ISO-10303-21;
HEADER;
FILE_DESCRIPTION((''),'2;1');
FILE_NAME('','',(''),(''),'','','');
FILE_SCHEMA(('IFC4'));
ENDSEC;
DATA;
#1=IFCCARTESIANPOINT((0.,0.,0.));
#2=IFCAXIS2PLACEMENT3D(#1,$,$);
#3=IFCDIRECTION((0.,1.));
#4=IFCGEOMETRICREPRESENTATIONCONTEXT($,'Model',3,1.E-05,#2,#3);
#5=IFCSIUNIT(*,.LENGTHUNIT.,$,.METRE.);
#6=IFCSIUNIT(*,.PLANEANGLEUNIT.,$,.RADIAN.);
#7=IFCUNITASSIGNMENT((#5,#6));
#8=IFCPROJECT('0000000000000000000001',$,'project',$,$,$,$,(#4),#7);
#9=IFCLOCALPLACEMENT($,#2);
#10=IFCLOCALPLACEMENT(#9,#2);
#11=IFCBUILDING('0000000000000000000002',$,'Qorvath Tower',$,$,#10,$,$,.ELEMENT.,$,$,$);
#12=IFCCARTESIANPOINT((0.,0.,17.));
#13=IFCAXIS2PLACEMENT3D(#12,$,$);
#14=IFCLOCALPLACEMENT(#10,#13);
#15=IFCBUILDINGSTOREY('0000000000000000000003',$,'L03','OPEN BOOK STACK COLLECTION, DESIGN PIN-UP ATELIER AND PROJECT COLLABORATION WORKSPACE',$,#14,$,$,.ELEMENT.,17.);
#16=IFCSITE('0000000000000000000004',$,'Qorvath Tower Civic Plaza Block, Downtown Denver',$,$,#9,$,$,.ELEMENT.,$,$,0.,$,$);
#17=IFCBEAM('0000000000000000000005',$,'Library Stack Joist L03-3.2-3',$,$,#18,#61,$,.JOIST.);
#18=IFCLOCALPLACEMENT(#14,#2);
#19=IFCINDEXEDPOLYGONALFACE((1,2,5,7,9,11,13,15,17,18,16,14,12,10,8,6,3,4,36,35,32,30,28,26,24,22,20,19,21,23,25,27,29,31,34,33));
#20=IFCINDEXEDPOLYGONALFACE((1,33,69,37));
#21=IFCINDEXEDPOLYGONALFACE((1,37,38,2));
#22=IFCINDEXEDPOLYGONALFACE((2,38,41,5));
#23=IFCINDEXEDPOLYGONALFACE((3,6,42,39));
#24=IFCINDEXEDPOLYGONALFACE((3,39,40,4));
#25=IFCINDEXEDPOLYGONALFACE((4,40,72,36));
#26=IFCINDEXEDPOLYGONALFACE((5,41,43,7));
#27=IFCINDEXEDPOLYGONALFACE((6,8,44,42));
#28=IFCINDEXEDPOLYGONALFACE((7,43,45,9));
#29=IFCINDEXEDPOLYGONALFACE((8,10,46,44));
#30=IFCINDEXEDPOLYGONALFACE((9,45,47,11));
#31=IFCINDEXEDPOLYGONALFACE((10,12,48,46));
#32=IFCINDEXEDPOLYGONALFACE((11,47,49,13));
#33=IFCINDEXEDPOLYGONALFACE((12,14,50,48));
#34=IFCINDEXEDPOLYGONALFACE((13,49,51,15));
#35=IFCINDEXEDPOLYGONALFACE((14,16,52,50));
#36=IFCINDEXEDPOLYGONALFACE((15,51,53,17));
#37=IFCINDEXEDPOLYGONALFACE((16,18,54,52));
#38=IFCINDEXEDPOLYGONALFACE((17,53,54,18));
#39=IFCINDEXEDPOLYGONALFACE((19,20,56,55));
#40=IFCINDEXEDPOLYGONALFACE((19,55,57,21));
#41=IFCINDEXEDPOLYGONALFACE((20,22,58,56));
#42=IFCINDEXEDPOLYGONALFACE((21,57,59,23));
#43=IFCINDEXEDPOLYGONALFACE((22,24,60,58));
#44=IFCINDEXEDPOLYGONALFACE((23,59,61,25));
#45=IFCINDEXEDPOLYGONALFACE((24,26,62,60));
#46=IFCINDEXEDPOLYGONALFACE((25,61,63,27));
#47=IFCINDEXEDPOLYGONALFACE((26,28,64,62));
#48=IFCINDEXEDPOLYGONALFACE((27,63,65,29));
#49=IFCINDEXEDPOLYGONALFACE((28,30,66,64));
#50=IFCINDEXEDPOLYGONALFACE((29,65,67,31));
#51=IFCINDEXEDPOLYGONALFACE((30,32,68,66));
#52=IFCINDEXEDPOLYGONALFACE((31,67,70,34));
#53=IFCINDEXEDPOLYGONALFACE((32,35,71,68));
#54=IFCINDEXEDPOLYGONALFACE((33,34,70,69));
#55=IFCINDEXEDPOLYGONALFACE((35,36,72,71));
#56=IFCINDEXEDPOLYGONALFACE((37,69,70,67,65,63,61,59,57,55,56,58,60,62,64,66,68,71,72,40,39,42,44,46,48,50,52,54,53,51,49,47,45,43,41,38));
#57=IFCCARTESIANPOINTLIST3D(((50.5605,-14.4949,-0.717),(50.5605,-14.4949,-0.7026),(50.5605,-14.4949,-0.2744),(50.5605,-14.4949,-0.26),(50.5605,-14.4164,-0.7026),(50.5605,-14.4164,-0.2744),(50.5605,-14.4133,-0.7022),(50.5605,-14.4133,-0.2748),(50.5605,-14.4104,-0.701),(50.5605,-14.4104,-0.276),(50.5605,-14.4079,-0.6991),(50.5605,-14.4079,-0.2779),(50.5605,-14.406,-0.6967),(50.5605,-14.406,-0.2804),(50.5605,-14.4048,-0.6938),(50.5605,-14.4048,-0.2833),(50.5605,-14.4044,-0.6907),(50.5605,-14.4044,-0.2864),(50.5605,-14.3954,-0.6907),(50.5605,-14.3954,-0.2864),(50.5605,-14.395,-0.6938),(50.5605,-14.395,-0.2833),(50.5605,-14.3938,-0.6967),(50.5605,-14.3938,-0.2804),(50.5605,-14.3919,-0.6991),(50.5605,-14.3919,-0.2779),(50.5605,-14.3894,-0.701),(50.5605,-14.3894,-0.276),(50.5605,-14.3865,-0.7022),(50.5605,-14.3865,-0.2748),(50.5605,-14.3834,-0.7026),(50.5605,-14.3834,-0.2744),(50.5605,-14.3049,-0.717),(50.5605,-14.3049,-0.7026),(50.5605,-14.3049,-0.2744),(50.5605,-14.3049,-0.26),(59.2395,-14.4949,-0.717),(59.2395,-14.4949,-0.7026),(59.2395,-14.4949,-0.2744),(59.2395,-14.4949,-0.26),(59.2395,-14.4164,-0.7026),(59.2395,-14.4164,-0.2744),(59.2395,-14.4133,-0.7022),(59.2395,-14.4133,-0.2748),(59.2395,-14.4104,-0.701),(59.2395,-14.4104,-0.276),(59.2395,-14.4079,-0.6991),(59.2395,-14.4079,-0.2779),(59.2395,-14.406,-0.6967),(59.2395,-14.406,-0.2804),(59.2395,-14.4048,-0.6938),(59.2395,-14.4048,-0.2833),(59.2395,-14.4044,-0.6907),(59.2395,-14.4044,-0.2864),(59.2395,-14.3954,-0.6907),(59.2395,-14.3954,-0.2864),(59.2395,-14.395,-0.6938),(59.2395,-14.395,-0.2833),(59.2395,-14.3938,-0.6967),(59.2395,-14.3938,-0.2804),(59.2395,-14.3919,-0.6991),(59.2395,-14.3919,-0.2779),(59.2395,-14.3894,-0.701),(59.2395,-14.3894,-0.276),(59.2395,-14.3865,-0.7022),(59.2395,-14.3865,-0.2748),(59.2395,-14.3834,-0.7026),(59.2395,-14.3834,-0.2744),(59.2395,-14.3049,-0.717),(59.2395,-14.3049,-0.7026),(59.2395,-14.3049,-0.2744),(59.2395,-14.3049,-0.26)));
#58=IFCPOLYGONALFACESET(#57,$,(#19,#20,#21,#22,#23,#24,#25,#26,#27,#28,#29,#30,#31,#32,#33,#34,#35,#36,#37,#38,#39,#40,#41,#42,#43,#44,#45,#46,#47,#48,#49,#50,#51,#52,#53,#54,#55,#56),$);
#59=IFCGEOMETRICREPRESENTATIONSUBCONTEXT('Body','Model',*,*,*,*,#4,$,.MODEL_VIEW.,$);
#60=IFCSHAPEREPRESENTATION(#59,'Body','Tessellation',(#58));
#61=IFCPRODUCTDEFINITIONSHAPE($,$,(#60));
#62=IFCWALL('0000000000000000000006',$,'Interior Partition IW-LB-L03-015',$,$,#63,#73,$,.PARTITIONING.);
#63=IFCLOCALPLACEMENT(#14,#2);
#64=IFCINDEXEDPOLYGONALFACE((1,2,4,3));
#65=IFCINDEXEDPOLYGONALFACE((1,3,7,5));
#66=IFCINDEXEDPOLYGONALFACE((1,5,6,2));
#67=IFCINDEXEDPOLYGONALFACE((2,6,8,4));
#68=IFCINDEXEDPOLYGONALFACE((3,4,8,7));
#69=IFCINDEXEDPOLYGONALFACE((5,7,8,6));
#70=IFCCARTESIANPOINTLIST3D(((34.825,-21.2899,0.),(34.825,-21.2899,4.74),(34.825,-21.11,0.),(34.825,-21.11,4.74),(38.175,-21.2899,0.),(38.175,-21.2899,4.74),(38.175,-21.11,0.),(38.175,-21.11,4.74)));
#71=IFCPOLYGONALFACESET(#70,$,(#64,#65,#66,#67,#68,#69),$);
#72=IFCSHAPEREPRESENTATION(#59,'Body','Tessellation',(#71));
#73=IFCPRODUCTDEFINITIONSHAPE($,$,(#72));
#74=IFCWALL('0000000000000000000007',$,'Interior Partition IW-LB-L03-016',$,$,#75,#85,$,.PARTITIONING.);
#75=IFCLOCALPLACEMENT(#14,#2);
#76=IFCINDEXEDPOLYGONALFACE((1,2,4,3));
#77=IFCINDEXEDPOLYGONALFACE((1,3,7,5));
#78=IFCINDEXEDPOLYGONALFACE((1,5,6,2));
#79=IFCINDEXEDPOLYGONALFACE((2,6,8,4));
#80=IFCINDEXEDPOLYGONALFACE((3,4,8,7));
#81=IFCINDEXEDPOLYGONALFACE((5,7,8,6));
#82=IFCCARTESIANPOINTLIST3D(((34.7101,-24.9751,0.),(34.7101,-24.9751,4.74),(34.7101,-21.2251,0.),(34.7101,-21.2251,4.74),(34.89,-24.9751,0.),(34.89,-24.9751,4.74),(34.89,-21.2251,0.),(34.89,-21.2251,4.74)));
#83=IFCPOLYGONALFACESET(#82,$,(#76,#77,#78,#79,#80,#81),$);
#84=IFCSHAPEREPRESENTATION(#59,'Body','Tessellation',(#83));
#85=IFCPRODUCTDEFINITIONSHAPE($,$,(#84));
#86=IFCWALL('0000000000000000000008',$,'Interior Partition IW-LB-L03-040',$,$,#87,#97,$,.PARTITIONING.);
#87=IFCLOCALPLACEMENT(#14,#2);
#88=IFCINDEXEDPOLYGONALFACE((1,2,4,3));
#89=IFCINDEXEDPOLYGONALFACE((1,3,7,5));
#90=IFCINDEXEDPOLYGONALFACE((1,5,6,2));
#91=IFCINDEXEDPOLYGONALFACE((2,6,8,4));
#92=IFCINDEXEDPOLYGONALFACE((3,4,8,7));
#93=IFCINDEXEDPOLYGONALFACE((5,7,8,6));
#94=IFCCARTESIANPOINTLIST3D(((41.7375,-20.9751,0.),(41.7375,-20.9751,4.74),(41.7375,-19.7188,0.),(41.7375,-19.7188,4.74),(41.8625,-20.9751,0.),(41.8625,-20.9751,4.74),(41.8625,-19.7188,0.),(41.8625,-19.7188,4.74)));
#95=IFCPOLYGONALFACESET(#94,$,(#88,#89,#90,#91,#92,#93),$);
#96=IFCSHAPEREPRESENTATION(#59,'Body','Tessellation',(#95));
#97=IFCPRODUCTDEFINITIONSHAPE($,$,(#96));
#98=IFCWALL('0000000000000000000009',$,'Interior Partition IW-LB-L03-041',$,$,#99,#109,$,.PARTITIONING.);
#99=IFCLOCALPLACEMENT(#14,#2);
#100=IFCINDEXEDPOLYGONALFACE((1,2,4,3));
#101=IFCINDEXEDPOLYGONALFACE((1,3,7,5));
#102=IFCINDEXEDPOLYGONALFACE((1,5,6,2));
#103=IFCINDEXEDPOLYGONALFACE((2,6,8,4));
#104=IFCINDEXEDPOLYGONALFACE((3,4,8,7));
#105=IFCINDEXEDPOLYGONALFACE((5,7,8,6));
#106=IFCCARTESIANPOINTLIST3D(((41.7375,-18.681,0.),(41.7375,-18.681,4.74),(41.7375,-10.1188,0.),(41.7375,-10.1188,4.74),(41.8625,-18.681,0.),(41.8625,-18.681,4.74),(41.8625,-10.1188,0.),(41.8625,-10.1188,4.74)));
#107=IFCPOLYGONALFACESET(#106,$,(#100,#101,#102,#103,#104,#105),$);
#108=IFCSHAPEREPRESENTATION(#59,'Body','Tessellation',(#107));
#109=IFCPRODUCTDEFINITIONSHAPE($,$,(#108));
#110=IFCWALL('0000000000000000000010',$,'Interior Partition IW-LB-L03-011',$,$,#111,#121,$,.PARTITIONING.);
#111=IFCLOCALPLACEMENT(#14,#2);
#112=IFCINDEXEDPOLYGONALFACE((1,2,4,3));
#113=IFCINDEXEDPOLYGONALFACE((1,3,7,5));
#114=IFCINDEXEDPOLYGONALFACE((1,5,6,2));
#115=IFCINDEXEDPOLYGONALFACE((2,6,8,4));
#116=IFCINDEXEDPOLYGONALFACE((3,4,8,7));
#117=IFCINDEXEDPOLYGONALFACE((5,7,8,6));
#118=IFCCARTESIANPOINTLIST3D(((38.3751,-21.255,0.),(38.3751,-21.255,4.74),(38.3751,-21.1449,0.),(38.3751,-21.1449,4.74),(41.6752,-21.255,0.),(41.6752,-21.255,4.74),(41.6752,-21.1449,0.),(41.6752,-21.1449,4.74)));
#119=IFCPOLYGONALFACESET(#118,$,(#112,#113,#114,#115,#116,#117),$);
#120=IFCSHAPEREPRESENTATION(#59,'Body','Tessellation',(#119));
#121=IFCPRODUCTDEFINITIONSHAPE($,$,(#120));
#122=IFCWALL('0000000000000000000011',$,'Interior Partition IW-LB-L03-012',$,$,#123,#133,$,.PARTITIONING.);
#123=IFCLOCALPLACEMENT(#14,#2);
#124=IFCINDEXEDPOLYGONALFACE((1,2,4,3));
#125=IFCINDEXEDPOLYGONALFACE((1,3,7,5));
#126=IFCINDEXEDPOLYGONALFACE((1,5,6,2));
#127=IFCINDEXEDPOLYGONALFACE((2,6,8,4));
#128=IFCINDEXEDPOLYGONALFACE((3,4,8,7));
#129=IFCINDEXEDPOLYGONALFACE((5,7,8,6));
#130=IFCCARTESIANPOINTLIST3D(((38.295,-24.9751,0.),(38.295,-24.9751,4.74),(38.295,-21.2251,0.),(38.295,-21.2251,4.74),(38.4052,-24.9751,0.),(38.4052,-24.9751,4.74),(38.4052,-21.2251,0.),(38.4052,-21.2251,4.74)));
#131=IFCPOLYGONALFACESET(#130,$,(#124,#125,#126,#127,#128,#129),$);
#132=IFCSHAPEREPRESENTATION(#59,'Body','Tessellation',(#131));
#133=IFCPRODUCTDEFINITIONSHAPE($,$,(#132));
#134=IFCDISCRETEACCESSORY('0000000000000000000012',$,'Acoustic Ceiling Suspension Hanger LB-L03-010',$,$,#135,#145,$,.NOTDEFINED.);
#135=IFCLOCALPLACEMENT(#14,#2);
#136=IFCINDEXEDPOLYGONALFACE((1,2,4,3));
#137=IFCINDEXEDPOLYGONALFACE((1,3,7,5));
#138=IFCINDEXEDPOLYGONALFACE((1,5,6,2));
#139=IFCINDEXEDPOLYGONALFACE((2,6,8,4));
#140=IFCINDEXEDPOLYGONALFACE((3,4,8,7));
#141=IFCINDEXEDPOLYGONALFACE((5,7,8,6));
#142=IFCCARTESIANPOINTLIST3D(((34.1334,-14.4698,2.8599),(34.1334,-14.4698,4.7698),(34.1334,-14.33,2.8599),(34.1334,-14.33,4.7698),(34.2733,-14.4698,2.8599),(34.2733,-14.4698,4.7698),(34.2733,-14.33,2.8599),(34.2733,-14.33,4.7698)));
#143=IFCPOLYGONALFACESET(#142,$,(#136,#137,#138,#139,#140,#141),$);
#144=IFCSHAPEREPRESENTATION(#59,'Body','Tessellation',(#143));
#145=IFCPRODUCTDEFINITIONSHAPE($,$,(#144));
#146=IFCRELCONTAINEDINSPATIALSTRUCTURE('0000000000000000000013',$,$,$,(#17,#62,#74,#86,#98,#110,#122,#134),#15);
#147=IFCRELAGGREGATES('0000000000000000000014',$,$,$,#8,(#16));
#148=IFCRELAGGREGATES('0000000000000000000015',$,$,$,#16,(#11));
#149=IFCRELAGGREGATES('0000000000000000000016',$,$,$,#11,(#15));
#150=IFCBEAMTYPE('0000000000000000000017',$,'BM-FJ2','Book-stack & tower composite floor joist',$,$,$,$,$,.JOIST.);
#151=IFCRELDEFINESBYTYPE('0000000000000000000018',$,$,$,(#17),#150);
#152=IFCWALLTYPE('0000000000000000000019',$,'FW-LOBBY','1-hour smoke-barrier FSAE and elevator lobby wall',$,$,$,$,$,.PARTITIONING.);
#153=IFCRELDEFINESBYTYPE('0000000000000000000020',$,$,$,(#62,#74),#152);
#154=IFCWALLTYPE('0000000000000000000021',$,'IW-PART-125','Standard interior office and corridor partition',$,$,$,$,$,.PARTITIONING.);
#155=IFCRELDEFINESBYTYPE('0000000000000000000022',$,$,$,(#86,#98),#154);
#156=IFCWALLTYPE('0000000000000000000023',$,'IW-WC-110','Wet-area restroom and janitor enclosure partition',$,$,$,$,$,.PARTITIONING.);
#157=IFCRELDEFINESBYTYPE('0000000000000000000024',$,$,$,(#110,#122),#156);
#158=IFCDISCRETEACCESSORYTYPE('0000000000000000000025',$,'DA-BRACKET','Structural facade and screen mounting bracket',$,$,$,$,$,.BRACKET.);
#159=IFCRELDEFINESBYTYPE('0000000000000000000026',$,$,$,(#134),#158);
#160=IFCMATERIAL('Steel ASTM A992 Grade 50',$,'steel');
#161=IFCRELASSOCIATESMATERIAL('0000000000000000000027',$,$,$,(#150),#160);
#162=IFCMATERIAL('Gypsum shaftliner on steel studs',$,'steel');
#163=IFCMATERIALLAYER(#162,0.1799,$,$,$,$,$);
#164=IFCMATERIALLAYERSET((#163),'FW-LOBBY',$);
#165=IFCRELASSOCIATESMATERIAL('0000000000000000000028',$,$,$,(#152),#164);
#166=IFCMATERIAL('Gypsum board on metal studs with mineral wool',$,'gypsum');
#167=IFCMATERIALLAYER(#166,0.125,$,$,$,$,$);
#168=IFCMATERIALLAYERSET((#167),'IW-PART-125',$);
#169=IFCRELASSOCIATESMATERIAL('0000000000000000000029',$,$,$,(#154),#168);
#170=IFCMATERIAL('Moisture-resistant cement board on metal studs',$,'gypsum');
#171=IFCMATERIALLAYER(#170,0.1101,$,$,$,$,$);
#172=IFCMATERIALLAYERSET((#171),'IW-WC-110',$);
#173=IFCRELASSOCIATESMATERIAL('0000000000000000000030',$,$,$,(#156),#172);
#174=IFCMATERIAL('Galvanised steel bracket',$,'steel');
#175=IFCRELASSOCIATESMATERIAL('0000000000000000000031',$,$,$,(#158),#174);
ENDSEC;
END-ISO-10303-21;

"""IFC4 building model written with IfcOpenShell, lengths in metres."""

from ifc_helpers import new_model, si_unit, direction, frame, frame_2d, origin, origin_2d, place, context, subcontext, project, spatial, rectangle, i_section, extrude, material, layer, layer_set, material_profile, profile_set, type_object, element, save


model = new_model("IFC4")

# Units and contexts
model_context = context("Model", 3, precision=1e-05, world=origin(), true_north=direction((0.0, 1.0)))
body_context = subcontext(model_context, "Body", "Model", "MODEL_VIEW")
ifc_project = project(units=[si_unit("LENGTHUNIT", "METRE"), si_unit("PLANEANGLEUNIT", "RADIAN")], contexts=[model_context])

# Site, building, storey
site_placement = place(None, origin())
site = spatial("IfcSite", under=ifc_project, at=site_placement, Name="Qorvath Tower Civic Plaza Block, Downtown Denver", CompositionType="ELEMENT", RefElevation=0.0)
building_placement = place(site_placement, origin())
building = spatial("IfcBuilding", under=site, at=building_placement, Name="Qorvath Tower", CompositionType="ELEMENT")
storey_placement = place(building_placement, frame((0.0, 0.0, 17.0)))
storey = spatial("IfcBuildingStorey", under=building, at=storey_placement, Name="L03", Description="OPEN BOOK STACK COLLECTION, DESIGN PIN-UP ATELIER AND PROJECT COLLABORATION WORKSPACE", CompositionType="ELEMENT", Elevation=17.0)

# Beam
ifc_material_1 = material(Name="Steel ASTM A992 Grade 50", Category="steel")
ifc_material_profile_1 = material_profile(ifc_material_1, i_section(OverallWidth=0.1899, OverallDepth=0.457, WebThickness=0.009, FlangeThickness=0.0144, FilletRadius=0.012, at=origin_2d()), Name="W18x50")
ifc_profile_set_1 = profile_set([ifc_material_profile_1], Name="Steel ASTM A992 Grade 50")
beam_type_1 = type_object("IfcBeamType", Name="BM-FJ2", Description="Book-stack & tower composite floor joist", PredefinedType="JOIST", material=ifc_profile_set_1)
for number, where, z_axis, x_axis, name in (
    (1, (50.5605, -14.3999, -0.4885), (1.0, 0.0, 0.0), (0.0, 1.0, 0.0), "Library Stack Joist L03-3.2-3"),
):
    element("IfcBeam", number, at=place(storey_placement, frame(where, z_axis=z_axis, x_axis=x_axis)), inside=storey, type_object=beam_type_1, Name=name, PredefinedType="JOIST", context=body_context, shape_type="SweptSolid", body=[
        extrude(i_section(OverallWidth=0.1899, OverallDepth=0.457, WebThickness=0.009, FlangeThickness=0.0144, FilletRadius=0.012, at=origin_2d()), origin(), (0.0, 0.0, 1.0), 8.679),
    ])

# Walls
ifc_material_2 = material(Name="Gypsum shaftliner on steel studs", Category="steel")
ifc_layer_1 = layer(ifc_material_2, 0.1799)
ifc_layer_set_1 = layer_set([ifc_layer_1], Name="FW-LOBBY")
wall_type_1 = type_object("IfcWallType", Name="FW-LOBBY", Description="1-hour smoke-barrier FSAE and elevator lobby wall", PredefinedType="PARTITIONING", material=ifc_layer_set_1)
wall_1_placement = place(storey_placement, frame((38.175, -21.2, 0.0), z_axis=(0.0, 0.0, 1.0), x_axis=(-1.0, 0.0, 0.0)))
element("IfcWall", 2, at=wall_1_placement, inside=storey, type_object=wall_type_1, Name="Interior Partition IW-LB-L03-015", PredefinedType="PARTITIONING", context=body_context, shape_type="SweptSolid", body=[
    extrude(rectangle(XDim=3.3501, YDim=0.1799, at=frame_2d((1.675, 0.0))), origin(), (0.0, 0.0, 1.0), 4.74),
])
wall_2_placement = place(storey_placement, frame((34.8, -21.2251, 0.0), z_axis=(0.0, 0.0, 1.0), x_axis=(0.0, -1.0, 0.0)))
element("IfcWall", 3, at=wall_2_placement, inside=storey, type_object=wall_type_1, Name="Interior Partition IW-LB-L03-016", PredefinedType="PARTITIONING", context=body_context, shape_type="SweptSolid", body=[
    extrude(rectangle(XDim=3.75, YDim=0.1799, at=frame_2d((1.875, 0.0))), origin(), (0.0, 0.0, 1.0), 4.74),
])
ifc_material_3 = material(Name="Gypsum board on metal studs with mineral wool", Category="gypsum")
ifc_layer_2 = layer(ifc_material_3, 0.125)
ifc_layer_set_2 = layer_set([ifc_layer_2], Name="IW-PART-125")
wall_type_2 = type_object("IfcWallType", Name="IW-PART-125", Description="Standard interior office and corridor partition", PredefinedType="PARTITIONING", material=ifc_layer_set_2)
wall_3_placement = place(storey_placement, frame((41.8, -20.9751, 0.0), z_axis=(0.0, 0.0, 1.0), x_axis=(0.0, 1.0, 0.0)))
element("IfcWall", 4, at=wall_3_placement, inside=storey, type_object=wall_type_2, Name="Interior Partition IW-LB-L03-040", PredefinedType="PARTITIONING", context=body_context, shape_type="SweptSolid", body=[
    extrude(rectangle(XDim=1.2563, YDim=0.125, at=frame_2d((0.6282, 0.0))), origin(), (0.0, 0.0, 1.0), 4.74),
])
wall_4_placement = place(storey_placement, frame((41.8, -18.6812, 0.0), z_axis=(0.0, 0.0, 1.0), x_axis=(0.0, 1.0, 0.0)))
element("IfcWall", 5, at=wall_4_placement, inside=storey, type_object=wall_type_2, Name="Interior Partition IW-LB-L03-041", PredefinedType="PARTITIONING", context=body_context, shape_type="SweptSolid", body=[
    extrude(rectangle(XDim=8.5623, YDim=0.125, at=frame_2d((4.2812, 0.0))), origin(), (0.0, 0.0, 1.0), 4.74),
])
ifc_material_4 = material(Name="Moisture-resistant cement board on metal studs", Category="gypsum")
ifc_layer_3 = layer(ifc_material_4, 0.1101)
ifc_layer_set_3 = layer_set([ifc_layer_3], Name="IW-WC-110")
wall_type_3 = type_object("IfcWallType", Name="IW-WC-110", Description="Wet-area restroom and janitor enclosure partition", PredefinedType="PARTITIONING", material=ifc_layer_set_3)
wall_5_placement = place(storey_placement, frame((41.675, -21.2, 0.0), z_axis=(0.0, 0.0, 1.0), x_axis=(-1.0, 0.0, 0.0)))
element("IfcWall", 6, at=wall_5_placement, inside=storey, type_object=wall_type_3, Name="Interior Partition IW-LB-L03-011", PredefinedType="PARTITIONING", context=body_context, shape_type="SweptSolid", body=[
    extrude(rectangle(XDim=3.3, YDim=0.1101, at=frame_2d((1.6499, 0.0))), origin(), (0.0, 0.0, 1.0), 4.74),
])
wall_6_placement = place(storey_placement, frame((38.3501, -21.2251, 0.0), z_axis=(0.0, 0.0, 1.0), x_axis=(0.0, -1.0, 0.0)))
element("IfcWall", 7, at=wall_6_placement, inside=storey, type_object=wall_type_3, Name="Interior Partition IW-LB-L03-012", PredefinedType="PARTITIONING", context=body_context, shape_type="SweptSolid", body=[
    extrude(rectangle(XDim=3.75, YDim=0.1101, at=frame_2d((1.875, 0.0))), origin(), (0.0, 0.0, 1.0), 4.74),
])

# Discrete accessory
ifc_material_5 = material(Name="Galvanised steel bracket", Category="steel")
discrete_accessory_type = type_object("IfcDiscreteAccessoryType", Name="DA-BRACKET", Description="Structural facade and screen mounting bracket", PredefinedType="BRACKET", material=ifc_material_5)
discrete_accessory_placement = place(storey_placement, frame((34.2034, -14.3999, 2.8599), z_axis=(0.0, 0.0, 1.0), x_axis=(1.0, 0.0, 0.0)))
element("IfcDiscreteAccessory", 8, at=discrete_accessory_placement, inside=storey, type_object=discrete_accessory_type, Name="Acoustic Ceiling Suspension Hanger LB-L03-010", PredefinedType="NOTDEFINED", context=body_context, shape_type="SweptSolid", body=[
    extrude(rectangle(XDim=0.1399, YDim=0.1399, at=origin_2d()), origin(), (0.0, 0.0, 1.0), 1.9099),
])

save(model, "model.ifc")
